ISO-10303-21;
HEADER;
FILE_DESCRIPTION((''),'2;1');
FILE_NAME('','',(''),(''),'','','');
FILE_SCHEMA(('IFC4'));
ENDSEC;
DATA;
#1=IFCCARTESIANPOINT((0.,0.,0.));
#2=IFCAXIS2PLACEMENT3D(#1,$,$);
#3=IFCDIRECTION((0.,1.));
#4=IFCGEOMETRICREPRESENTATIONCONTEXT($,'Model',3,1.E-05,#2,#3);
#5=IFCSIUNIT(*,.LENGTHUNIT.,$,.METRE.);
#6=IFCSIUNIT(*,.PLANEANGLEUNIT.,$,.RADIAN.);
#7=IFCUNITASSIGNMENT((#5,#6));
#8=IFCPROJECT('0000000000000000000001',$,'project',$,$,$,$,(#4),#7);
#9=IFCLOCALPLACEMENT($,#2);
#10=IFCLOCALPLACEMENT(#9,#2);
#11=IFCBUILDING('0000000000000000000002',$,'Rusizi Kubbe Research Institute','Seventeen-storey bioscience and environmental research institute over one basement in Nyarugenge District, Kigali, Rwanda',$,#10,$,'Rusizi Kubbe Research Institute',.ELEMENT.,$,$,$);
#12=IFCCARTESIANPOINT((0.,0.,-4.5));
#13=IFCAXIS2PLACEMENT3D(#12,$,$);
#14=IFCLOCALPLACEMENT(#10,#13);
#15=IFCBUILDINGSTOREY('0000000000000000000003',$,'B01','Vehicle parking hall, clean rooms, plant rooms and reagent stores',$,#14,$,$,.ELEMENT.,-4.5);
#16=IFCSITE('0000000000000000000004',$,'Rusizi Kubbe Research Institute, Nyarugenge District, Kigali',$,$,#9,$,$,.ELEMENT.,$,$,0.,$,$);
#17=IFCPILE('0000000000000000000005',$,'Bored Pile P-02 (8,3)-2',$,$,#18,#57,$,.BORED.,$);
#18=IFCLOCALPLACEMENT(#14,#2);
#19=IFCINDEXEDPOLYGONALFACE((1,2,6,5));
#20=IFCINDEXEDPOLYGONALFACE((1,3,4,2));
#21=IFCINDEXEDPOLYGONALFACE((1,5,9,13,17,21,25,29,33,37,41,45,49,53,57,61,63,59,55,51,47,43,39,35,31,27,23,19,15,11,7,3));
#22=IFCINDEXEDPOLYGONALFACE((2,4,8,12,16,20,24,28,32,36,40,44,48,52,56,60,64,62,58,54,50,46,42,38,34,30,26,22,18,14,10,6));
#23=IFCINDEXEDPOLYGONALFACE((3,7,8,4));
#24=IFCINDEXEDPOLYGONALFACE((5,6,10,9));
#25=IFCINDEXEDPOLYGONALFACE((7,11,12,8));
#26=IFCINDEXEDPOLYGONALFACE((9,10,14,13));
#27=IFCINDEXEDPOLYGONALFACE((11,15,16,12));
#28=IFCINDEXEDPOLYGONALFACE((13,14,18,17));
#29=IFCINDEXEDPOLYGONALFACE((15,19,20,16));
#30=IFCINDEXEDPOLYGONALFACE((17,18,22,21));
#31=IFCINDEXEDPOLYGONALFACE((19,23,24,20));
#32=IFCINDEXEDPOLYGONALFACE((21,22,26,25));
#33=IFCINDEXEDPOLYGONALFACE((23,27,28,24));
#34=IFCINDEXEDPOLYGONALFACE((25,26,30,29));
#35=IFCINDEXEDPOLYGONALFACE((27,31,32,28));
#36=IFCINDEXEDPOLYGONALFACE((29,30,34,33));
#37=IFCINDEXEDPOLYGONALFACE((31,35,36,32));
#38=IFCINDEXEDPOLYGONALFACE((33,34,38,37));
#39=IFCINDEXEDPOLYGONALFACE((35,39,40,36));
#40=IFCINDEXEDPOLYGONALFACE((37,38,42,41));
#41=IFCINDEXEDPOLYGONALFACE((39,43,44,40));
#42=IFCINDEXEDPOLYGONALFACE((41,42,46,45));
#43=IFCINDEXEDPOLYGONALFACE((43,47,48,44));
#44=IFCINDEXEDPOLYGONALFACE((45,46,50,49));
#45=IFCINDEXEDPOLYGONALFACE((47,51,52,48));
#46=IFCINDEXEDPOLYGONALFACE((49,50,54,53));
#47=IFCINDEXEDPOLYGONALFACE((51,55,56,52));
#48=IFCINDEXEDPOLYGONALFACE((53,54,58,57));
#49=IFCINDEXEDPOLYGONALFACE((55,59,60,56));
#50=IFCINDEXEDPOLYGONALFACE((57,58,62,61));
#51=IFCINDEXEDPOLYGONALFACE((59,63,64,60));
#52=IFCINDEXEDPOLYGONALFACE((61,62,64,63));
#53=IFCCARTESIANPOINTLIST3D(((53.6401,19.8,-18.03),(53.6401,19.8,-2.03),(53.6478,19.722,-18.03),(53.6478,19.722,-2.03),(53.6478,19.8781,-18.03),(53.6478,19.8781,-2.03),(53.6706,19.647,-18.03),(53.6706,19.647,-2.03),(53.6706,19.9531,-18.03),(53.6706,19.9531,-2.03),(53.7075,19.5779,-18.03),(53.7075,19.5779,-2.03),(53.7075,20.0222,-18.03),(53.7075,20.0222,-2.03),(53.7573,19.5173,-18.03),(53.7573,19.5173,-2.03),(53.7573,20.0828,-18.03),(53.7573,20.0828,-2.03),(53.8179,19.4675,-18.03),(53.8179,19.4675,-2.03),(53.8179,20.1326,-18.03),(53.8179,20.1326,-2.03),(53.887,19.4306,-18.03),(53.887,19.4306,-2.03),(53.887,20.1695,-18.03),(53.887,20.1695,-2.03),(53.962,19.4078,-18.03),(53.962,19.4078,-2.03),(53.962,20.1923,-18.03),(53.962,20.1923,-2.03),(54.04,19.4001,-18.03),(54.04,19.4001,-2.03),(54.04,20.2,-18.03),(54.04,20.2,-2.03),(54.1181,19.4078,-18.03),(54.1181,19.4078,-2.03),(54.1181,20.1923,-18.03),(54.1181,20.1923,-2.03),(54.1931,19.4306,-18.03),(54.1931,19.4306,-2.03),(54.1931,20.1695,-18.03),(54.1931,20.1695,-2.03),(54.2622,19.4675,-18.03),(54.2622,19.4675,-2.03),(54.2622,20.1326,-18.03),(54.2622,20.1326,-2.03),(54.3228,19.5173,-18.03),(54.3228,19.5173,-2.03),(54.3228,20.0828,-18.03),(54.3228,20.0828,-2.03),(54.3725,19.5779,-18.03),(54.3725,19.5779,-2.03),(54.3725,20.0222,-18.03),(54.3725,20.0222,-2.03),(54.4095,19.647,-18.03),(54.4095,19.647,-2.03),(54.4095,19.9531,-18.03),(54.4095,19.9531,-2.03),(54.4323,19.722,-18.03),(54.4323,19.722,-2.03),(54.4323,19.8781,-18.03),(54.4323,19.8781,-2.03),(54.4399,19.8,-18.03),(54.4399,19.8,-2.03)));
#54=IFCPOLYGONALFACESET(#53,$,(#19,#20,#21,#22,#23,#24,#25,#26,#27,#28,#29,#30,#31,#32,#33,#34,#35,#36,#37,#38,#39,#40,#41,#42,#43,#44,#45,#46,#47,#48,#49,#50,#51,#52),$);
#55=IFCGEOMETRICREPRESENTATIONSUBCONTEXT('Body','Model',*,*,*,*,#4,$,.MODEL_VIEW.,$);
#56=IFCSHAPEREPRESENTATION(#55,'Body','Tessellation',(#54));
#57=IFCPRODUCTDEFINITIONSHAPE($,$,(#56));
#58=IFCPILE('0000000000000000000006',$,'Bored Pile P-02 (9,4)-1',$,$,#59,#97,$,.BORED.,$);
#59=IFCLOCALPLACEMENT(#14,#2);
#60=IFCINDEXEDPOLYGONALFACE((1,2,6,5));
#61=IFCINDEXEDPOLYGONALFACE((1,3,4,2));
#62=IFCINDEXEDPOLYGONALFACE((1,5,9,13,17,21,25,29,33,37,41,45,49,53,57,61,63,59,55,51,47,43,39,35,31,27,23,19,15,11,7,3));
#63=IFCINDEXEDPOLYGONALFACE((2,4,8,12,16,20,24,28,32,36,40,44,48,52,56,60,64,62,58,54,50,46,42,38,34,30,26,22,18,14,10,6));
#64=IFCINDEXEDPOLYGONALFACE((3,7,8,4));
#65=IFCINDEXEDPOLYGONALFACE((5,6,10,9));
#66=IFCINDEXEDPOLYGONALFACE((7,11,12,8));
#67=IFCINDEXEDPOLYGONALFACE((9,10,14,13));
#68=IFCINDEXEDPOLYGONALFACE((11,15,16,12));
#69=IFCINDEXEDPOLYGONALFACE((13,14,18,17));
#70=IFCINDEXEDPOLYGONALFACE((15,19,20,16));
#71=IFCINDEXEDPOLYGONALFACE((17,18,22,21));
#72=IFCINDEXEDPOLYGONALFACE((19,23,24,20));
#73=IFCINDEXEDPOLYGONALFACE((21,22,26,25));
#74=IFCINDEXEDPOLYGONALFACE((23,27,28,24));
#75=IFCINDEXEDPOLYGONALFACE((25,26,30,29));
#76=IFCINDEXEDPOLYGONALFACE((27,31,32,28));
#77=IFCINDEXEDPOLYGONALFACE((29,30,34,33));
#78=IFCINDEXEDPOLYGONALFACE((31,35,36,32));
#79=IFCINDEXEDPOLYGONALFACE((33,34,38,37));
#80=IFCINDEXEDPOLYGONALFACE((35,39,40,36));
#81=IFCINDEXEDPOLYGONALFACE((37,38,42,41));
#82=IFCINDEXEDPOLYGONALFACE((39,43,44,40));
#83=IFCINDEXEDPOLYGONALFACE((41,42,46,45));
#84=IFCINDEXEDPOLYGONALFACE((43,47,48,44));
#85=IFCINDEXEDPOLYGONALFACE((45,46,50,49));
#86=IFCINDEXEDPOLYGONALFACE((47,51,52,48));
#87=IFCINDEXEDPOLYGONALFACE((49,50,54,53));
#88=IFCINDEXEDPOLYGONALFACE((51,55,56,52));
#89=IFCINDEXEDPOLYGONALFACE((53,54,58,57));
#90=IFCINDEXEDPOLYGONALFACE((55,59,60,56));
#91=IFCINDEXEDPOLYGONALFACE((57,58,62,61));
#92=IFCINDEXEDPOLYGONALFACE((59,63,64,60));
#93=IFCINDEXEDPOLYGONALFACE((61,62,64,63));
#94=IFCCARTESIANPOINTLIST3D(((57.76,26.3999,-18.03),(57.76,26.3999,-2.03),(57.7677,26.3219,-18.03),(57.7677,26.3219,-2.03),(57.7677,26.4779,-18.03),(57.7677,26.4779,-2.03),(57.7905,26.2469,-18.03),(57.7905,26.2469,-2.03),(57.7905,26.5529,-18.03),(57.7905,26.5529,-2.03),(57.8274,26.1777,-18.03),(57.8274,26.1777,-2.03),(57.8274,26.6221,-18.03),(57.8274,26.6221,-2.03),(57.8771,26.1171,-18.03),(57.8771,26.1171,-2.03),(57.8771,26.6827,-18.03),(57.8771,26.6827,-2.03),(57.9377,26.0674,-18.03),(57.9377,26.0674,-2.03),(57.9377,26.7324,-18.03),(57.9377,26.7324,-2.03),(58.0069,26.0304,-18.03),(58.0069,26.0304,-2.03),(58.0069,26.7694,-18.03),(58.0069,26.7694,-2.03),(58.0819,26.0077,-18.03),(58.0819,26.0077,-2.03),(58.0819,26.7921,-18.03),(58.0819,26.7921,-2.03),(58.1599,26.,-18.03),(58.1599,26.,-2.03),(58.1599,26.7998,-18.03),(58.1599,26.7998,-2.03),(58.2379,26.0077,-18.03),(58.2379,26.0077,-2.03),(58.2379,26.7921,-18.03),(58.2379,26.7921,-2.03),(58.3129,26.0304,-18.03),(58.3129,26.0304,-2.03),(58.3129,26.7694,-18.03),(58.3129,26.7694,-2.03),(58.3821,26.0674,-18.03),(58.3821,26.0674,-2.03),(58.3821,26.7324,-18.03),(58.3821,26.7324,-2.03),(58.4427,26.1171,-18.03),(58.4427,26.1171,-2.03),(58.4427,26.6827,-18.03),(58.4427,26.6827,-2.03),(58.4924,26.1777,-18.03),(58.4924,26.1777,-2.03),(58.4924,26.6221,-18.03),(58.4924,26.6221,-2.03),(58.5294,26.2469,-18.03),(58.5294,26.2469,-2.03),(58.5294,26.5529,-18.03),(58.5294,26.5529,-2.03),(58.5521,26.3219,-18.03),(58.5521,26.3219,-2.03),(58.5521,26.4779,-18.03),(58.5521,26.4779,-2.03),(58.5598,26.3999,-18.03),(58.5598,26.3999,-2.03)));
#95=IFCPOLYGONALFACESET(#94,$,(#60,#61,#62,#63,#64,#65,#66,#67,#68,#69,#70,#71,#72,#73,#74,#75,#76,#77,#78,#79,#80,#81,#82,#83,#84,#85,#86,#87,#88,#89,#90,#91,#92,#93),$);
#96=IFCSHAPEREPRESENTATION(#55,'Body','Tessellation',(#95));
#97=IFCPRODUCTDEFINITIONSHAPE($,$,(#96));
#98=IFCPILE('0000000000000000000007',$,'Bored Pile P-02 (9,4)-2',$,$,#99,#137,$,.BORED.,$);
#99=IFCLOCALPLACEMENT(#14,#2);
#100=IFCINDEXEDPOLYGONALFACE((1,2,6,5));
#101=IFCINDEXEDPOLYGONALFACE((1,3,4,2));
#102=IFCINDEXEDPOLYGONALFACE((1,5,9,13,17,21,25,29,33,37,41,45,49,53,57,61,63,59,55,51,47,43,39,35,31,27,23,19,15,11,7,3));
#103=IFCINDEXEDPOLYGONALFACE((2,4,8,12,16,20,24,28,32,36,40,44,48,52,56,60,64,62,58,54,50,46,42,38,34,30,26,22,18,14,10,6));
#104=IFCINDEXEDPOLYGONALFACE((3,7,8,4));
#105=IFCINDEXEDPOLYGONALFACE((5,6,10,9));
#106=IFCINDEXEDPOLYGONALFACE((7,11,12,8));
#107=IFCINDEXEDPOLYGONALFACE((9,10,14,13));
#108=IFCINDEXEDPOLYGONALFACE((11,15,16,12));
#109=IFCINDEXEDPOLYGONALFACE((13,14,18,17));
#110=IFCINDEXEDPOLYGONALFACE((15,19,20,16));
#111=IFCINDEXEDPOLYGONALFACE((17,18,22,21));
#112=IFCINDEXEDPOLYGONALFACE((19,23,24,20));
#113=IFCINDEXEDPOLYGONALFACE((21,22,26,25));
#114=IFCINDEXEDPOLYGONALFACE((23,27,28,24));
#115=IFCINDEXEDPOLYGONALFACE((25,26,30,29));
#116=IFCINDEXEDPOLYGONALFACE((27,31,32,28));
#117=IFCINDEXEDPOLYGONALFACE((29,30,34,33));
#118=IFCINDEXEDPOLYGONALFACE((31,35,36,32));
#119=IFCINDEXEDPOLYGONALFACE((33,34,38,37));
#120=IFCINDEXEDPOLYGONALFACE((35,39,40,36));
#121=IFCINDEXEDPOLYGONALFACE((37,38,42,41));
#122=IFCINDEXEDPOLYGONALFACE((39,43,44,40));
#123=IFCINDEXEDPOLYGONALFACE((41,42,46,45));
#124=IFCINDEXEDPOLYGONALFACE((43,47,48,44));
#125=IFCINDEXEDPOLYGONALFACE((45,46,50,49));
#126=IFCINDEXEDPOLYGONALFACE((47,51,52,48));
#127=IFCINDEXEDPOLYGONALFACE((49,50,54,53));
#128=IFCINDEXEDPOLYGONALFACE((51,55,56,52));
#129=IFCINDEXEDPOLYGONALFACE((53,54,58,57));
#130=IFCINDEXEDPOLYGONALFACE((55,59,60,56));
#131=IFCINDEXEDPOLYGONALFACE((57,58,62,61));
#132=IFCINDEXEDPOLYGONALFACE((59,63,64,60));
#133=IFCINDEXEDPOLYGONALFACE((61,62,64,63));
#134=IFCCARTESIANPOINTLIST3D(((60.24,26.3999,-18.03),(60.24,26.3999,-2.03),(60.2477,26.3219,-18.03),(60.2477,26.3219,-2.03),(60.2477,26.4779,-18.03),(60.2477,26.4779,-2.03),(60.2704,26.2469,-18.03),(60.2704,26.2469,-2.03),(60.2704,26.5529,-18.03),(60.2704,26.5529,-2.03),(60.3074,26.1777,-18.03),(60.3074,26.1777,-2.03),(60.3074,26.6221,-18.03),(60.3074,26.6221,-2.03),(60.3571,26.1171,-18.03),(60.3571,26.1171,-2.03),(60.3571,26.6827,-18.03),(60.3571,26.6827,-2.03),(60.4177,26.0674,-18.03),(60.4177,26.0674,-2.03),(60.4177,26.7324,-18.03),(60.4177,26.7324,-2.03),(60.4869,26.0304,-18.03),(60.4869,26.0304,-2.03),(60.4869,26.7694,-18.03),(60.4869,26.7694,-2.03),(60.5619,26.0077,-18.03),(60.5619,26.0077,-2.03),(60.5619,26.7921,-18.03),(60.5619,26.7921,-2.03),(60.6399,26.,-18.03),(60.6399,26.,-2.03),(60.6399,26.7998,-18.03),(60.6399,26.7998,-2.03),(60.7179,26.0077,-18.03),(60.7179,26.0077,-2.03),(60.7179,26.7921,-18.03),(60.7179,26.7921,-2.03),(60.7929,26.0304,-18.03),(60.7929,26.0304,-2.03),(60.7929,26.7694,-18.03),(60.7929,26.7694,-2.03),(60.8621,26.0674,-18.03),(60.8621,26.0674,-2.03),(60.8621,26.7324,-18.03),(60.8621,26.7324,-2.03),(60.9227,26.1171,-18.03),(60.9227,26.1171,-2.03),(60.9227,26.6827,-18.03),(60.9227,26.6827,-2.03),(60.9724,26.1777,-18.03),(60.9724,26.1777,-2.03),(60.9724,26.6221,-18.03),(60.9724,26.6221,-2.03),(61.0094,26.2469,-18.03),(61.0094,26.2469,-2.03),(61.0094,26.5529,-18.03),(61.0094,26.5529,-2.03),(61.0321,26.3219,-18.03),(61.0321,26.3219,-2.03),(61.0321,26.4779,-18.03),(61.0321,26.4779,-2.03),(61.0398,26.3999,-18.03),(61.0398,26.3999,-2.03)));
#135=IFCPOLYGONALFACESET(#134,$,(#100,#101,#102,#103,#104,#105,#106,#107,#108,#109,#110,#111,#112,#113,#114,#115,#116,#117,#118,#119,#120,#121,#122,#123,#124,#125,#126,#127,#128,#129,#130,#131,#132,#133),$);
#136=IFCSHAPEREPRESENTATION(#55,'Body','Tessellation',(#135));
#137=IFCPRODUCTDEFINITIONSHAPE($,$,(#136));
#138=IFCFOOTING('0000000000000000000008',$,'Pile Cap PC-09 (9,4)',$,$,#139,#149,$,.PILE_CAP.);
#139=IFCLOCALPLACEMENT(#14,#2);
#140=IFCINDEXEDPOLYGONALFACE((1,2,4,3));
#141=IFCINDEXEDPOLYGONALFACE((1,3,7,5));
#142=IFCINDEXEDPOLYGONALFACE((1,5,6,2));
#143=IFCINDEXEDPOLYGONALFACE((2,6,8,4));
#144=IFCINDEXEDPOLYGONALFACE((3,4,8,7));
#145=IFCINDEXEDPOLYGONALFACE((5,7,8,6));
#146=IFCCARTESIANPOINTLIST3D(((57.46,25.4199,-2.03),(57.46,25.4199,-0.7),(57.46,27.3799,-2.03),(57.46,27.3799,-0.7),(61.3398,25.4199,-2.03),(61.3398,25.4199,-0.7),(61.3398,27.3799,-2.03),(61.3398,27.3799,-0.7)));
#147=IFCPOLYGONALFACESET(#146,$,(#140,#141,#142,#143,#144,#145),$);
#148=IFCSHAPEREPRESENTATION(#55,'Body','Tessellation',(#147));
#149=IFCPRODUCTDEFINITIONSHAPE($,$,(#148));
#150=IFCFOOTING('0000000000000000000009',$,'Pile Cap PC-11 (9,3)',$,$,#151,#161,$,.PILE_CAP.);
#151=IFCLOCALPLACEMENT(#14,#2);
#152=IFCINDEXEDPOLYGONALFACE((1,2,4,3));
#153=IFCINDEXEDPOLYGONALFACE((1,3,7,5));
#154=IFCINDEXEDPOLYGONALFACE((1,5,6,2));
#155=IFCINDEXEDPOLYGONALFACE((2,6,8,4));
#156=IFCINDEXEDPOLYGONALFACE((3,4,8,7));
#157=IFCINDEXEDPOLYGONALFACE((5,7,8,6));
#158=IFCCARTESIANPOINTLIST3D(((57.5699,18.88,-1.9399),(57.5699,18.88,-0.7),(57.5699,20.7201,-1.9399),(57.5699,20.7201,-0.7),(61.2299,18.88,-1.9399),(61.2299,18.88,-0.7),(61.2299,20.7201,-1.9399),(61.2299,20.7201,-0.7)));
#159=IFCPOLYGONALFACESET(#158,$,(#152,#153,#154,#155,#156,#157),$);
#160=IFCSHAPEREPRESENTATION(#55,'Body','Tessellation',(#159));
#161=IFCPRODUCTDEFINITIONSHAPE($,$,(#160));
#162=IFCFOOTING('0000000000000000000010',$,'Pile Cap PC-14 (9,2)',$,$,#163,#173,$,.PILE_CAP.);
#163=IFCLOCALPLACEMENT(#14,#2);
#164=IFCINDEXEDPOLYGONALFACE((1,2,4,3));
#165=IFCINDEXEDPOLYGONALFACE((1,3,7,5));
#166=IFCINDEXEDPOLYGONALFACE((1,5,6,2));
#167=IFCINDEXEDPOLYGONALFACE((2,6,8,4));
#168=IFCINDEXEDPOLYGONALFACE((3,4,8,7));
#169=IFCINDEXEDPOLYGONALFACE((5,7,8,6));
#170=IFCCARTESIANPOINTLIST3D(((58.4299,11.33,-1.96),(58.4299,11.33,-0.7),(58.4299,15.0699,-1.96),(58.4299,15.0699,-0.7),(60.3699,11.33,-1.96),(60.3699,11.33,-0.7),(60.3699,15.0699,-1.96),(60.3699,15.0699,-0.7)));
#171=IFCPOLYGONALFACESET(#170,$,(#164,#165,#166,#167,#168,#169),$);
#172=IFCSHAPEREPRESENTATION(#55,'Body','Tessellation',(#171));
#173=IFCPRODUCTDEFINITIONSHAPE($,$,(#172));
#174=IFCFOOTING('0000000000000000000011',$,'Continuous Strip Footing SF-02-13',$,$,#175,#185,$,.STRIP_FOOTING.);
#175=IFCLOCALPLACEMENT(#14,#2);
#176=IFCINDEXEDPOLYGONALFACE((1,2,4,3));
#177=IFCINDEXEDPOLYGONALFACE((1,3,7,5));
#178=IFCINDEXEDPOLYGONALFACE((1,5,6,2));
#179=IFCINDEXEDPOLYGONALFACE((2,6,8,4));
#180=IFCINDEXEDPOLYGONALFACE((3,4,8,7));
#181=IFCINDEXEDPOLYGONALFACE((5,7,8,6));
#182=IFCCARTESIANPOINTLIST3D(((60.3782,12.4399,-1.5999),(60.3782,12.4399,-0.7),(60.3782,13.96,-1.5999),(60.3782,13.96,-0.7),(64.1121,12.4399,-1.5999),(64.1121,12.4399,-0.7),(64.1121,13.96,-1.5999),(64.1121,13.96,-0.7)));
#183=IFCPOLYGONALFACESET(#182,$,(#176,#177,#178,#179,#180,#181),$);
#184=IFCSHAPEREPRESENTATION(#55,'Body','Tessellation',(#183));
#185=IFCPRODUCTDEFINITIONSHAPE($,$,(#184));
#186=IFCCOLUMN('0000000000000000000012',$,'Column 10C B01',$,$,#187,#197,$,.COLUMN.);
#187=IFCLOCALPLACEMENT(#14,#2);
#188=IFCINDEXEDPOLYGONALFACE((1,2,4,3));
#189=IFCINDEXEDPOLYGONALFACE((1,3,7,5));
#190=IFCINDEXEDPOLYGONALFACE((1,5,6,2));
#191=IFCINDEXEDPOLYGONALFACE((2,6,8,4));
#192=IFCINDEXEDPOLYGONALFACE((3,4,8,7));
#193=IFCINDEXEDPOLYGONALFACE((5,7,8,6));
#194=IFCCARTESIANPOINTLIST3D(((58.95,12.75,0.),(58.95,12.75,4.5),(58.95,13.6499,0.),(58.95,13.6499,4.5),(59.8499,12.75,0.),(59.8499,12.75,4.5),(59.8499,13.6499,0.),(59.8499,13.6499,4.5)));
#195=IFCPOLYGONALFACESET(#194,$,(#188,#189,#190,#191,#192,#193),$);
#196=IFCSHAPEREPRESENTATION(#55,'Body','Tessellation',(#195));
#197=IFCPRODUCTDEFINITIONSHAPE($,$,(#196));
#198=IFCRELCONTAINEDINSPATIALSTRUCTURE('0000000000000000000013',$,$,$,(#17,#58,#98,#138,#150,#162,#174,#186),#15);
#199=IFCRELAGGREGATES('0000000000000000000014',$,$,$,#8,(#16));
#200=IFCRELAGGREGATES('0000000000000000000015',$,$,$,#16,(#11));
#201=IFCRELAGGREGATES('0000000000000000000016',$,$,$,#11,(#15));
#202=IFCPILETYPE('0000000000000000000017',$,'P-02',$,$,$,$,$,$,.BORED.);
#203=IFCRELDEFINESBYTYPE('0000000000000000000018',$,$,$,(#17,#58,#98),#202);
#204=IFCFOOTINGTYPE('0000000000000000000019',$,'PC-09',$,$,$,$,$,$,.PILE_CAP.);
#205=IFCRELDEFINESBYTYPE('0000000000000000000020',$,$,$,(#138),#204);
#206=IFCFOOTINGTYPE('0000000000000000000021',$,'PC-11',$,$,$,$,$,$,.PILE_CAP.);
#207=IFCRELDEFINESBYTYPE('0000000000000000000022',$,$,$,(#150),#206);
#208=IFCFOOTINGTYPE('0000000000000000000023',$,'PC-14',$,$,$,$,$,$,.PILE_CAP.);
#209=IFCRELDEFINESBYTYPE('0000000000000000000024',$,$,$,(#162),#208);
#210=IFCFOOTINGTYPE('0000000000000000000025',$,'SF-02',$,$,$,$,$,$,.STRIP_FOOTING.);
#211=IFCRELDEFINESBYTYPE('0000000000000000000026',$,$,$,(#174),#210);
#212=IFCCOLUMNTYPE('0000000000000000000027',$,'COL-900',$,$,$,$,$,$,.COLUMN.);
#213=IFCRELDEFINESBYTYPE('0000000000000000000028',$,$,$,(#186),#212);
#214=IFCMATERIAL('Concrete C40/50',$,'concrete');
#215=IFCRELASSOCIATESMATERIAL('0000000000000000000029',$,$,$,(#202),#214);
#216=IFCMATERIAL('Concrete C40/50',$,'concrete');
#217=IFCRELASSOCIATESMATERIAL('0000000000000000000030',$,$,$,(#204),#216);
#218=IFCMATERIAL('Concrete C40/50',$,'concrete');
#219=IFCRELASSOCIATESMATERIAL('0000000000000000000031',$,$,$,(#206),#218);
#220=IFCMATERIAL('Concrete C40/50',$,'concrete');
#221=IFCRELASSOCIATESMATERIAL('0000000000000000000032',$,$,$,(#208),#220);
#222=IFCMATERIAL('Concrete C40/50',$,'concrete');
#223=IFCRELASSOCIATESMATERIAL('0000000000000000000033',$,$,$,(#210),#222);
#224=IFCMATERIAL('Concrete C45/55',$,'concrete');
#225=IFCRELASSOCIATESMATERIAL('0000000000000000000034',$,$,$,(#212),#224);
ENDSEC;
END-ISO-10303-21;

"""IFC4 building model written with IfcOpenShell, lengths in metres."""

from ifc_helpers import new_model, si_unit, direction, frame, origin, origin_2d, place, context, subcontext, project, spatial, rectangle, circle, extrude, material, material_profile, profile_set, type_object, element, save


model = new_model("IFC4")

# Units and contexts
model_context = context("Model", 3, precision=1e-05, world=origin(), true_north=direction((0.0, 1.0)))
body_context = subcontext(model_context, "Body", "Model", "MODEL_VIEW")
ifc_project = project(units=[si_unit("LENGTHUNIT", "METRE"), si_unit("PLANEANGLEUNIT", "RADIAN")], contexts=[model_context])

# Site, building, storey
site_placement = place(None, origin())
site = spatial("IfcSite", under=ifc_project, at=site_placement, Name="Rusizi Kubbe Research Institute, Nyarugenge District, Kigali", CompositionType="ELEMENT", RefElevation=0.0)
building_placement = place(site_placement, origin())
building = spatial("IfcBuilding", under=site, at=building_placement, Name="Rusizi Kubbe Research Institute", Description="Seventeen-storey bioscience and environmental research institute over one basement in Nyarugenge District, Kigali, Rwanda", LongName="Rusizi Kubbe Research Institute", CompositionType="ELEMENT")
storey_placement = place(building_placement, frame((0.0, 0.0, -4.5)))
storey = spatial("IfcBuildingStorey", under=building, at=storey_placement, Name="B01", Description="Vehicle parking hall, clean rooms, plant rooms and reagent stores", CompositionType="ELEMENT", Elevation=-4.5)

# Piles
ifc_material_1 = material(Name="Concrete C40/50", Category="concrete")
ifc_material_profile_1 = material_profile(ifc_material_1, circle(Radius=0.3999, at=origin_2d()), Name="PILE-D800")
ifc_profile_set_1 = profile_set([ifc_material_profile_1], Name="Concrete C40/50")
pile_type_1 = type_object("IfcPileType", Name="P-02", PredefinedType="BORED", material=ifc_profile_set_1)
for number, where, z_axis, x_axis, name in (
    (1, (54.04, 19.8, -2.03), (0.0, 0.0, -1.0), (1.0, 0.0, 0.0), "Bored Pile P-02 (8,3)-2"),
    (2, (58.1599, 26.3999, -2.03), (0.0, 0.0, -1.0), (1.0, 0.0, 0.0), "Bored Pile P-02 (9,4)-1"),
    (3, (60.6399, 26.3999, -2.03), (0.0, 0.0, -1.0), (1.0, 0.0, 0.0), "Bored Pile P-02 (9,4)-2"),
):
    element("IfcPile", number, at=place(storey_placement, frame(where, z_axis=z_axis, x_axis=x_axis)), inside=storey, type_object=pile_type_1, Name=name, PredefinedType="BORED", context=body_context, shape_type="SweptSolid", body=[
        extrude(circle(Radius=0.3999, at=origin_2d()), origin(), (0.0, 0.0, 1.0), 16.0),
    ])

# Footings
ifc_material_2 = material(Name="Concrete C40/50", Category="concrete")
footing_type_1 = type_object("IfcFootingType", Name="PC-09", PredefinedType="PILE_CAP", material=ifc_material_2)
footing_1_placement = place(storey_placement, frame((59.3999, 26.3999, -2.03), z_axis=(0.0, 0.0, 1.0), x_axis=(1.0, 0.0, 0.0)))
element("IfcFooting", 4, at=footing_1_placement, inside=storey, type_object=footing_type_1, Name="Pile Cap PC-09 (9,4)", PredefinedType="PILE_CAP", context=body_context, shape_type="SweptSolid", body=[
    extrude(rectangle(XDim=3.8799, YDim=1.96, at=origin_2d()), origin(), (0.0, 0.0, 1.0), 1.3301),
])
ifc_material_3 = material(Name="Concrete C40/50", Category="concrete")
footing_type_2 = type_object("IfcFootingType", Name="PC-11", PredefinedType="PILE_CAP", material=ifc_material_3)
footing_2_placement = place(storey_placement, frame((59.3999, 19.8, -1.9399), z_axis=(0.0, 0.0, 1.0), x_axis=(1.0, 0.0, 0.0)))
element("IfcFooting", 5, at=footing_2_placement, inside=storey, type_object=footing_type_2, Name="Pile Cap PC-11 (9,3)", PredefinedType="PILE_CAP", context=body_context, shape_type="SweptSolid", body=[
    extrude(rectangle(XDim=3.6599, YDim=1.8401, at=origin_2d()), origin(), (0.0, 0.0, 1.0), 1.24),
])
ifc_material_4 = material(Name="Concrete C40/50", Category="concrete")
footing_type_3 = type_object("IfcFootingType", Name="PC-14", PredefinedType="PILE_CAP", material=ifc_material_4)
footing_3_placement = place(storey_placement, frame((59.3999, 13.2, -1.96), z_axis=(0.0, 0.0, 1.0), x_axis=(1.0, 0.0, 0.0)))
element("IfcFooting", 6, at=footing_3_placement, inside=storey, type_object=footing_type_3, Name="Pile Cap PC-14 (9,2)", PredefinedType="PILE_CAP", context=body_context, shape_type="SweptSolid", body=[
    extrude(rectangle(XDim=1.9399, YDim=3.74, at=origin_2d()), origin(), (0.0, 0.0, 1.0), 1.26),
])
ifc_material_5 = material(Name="Concrete C40/50", Category="concrete")
footing_type_4 = type_object("IfcFootingType", Name="SF-02", PredefinedType="STRIP_FOOTING", material=ifc_material_5)
footing_4_placement = place(storey_placement, frame((62.2451, 13.2, -1.5999), z_axis=(0.0, 0.0, 1.0), x_axis=(1.0, 0.0, 0.0)))
element("IfcFooting", 7, at=footing_4_placement, inside=storey, type_object=footing_type_4, Name="Continuous Strip Footing SF-02-13", PredefinedType="STRIP_FOOTING", context=body_context, shape_type="SweptSolid", body=[
    extrude(rectangle(XDim=3.7339, YDim=1.52, at=origin_2d()), origin(), (0.0, 0.0, 1.0), 0.8999),
])

# Column
ifc_material_6 = material(Name="Concrete C45/55", Category="concrete")
ifc_material_profile_2 = material_profile(ifc_material_6, rectangle(XDim=0.8999, YDim=0.8999, at=origin_2d()), Name="RC900x900")
ifc_profile_set_2 = profile_set([ifc_material_profile_2], Name="Concrete C45/55")
column_type = type_object("IfcColumnType", Name="COL-900", PredefinedType="COLUMN", material=ifc_profile_set_2)
for number, where, z_axis, x_axis, name in (
    (8, (59.3999, 13.2, 0.0), (0.0, 0.0, 1.0), (1.0, 0.0, 0.0), "Column 10C B01"),
):
    element("IfcColumn", number, at=place(storey_placement, frame(where, z_axis=z_axis, x_axis=x_axis)), inside=storey, type_object=column_type, Name=name, PredefinedType="COLUMN", context=body_context, shape_type="SweptSolid", body=[
        extrude(rectangle(XDim=0.8999, YDim=0.8999, at=origin_2d()), origin(), (0.0, 0.0, 1.0), 4.5),
    ])

save(model, "model.ifc")
